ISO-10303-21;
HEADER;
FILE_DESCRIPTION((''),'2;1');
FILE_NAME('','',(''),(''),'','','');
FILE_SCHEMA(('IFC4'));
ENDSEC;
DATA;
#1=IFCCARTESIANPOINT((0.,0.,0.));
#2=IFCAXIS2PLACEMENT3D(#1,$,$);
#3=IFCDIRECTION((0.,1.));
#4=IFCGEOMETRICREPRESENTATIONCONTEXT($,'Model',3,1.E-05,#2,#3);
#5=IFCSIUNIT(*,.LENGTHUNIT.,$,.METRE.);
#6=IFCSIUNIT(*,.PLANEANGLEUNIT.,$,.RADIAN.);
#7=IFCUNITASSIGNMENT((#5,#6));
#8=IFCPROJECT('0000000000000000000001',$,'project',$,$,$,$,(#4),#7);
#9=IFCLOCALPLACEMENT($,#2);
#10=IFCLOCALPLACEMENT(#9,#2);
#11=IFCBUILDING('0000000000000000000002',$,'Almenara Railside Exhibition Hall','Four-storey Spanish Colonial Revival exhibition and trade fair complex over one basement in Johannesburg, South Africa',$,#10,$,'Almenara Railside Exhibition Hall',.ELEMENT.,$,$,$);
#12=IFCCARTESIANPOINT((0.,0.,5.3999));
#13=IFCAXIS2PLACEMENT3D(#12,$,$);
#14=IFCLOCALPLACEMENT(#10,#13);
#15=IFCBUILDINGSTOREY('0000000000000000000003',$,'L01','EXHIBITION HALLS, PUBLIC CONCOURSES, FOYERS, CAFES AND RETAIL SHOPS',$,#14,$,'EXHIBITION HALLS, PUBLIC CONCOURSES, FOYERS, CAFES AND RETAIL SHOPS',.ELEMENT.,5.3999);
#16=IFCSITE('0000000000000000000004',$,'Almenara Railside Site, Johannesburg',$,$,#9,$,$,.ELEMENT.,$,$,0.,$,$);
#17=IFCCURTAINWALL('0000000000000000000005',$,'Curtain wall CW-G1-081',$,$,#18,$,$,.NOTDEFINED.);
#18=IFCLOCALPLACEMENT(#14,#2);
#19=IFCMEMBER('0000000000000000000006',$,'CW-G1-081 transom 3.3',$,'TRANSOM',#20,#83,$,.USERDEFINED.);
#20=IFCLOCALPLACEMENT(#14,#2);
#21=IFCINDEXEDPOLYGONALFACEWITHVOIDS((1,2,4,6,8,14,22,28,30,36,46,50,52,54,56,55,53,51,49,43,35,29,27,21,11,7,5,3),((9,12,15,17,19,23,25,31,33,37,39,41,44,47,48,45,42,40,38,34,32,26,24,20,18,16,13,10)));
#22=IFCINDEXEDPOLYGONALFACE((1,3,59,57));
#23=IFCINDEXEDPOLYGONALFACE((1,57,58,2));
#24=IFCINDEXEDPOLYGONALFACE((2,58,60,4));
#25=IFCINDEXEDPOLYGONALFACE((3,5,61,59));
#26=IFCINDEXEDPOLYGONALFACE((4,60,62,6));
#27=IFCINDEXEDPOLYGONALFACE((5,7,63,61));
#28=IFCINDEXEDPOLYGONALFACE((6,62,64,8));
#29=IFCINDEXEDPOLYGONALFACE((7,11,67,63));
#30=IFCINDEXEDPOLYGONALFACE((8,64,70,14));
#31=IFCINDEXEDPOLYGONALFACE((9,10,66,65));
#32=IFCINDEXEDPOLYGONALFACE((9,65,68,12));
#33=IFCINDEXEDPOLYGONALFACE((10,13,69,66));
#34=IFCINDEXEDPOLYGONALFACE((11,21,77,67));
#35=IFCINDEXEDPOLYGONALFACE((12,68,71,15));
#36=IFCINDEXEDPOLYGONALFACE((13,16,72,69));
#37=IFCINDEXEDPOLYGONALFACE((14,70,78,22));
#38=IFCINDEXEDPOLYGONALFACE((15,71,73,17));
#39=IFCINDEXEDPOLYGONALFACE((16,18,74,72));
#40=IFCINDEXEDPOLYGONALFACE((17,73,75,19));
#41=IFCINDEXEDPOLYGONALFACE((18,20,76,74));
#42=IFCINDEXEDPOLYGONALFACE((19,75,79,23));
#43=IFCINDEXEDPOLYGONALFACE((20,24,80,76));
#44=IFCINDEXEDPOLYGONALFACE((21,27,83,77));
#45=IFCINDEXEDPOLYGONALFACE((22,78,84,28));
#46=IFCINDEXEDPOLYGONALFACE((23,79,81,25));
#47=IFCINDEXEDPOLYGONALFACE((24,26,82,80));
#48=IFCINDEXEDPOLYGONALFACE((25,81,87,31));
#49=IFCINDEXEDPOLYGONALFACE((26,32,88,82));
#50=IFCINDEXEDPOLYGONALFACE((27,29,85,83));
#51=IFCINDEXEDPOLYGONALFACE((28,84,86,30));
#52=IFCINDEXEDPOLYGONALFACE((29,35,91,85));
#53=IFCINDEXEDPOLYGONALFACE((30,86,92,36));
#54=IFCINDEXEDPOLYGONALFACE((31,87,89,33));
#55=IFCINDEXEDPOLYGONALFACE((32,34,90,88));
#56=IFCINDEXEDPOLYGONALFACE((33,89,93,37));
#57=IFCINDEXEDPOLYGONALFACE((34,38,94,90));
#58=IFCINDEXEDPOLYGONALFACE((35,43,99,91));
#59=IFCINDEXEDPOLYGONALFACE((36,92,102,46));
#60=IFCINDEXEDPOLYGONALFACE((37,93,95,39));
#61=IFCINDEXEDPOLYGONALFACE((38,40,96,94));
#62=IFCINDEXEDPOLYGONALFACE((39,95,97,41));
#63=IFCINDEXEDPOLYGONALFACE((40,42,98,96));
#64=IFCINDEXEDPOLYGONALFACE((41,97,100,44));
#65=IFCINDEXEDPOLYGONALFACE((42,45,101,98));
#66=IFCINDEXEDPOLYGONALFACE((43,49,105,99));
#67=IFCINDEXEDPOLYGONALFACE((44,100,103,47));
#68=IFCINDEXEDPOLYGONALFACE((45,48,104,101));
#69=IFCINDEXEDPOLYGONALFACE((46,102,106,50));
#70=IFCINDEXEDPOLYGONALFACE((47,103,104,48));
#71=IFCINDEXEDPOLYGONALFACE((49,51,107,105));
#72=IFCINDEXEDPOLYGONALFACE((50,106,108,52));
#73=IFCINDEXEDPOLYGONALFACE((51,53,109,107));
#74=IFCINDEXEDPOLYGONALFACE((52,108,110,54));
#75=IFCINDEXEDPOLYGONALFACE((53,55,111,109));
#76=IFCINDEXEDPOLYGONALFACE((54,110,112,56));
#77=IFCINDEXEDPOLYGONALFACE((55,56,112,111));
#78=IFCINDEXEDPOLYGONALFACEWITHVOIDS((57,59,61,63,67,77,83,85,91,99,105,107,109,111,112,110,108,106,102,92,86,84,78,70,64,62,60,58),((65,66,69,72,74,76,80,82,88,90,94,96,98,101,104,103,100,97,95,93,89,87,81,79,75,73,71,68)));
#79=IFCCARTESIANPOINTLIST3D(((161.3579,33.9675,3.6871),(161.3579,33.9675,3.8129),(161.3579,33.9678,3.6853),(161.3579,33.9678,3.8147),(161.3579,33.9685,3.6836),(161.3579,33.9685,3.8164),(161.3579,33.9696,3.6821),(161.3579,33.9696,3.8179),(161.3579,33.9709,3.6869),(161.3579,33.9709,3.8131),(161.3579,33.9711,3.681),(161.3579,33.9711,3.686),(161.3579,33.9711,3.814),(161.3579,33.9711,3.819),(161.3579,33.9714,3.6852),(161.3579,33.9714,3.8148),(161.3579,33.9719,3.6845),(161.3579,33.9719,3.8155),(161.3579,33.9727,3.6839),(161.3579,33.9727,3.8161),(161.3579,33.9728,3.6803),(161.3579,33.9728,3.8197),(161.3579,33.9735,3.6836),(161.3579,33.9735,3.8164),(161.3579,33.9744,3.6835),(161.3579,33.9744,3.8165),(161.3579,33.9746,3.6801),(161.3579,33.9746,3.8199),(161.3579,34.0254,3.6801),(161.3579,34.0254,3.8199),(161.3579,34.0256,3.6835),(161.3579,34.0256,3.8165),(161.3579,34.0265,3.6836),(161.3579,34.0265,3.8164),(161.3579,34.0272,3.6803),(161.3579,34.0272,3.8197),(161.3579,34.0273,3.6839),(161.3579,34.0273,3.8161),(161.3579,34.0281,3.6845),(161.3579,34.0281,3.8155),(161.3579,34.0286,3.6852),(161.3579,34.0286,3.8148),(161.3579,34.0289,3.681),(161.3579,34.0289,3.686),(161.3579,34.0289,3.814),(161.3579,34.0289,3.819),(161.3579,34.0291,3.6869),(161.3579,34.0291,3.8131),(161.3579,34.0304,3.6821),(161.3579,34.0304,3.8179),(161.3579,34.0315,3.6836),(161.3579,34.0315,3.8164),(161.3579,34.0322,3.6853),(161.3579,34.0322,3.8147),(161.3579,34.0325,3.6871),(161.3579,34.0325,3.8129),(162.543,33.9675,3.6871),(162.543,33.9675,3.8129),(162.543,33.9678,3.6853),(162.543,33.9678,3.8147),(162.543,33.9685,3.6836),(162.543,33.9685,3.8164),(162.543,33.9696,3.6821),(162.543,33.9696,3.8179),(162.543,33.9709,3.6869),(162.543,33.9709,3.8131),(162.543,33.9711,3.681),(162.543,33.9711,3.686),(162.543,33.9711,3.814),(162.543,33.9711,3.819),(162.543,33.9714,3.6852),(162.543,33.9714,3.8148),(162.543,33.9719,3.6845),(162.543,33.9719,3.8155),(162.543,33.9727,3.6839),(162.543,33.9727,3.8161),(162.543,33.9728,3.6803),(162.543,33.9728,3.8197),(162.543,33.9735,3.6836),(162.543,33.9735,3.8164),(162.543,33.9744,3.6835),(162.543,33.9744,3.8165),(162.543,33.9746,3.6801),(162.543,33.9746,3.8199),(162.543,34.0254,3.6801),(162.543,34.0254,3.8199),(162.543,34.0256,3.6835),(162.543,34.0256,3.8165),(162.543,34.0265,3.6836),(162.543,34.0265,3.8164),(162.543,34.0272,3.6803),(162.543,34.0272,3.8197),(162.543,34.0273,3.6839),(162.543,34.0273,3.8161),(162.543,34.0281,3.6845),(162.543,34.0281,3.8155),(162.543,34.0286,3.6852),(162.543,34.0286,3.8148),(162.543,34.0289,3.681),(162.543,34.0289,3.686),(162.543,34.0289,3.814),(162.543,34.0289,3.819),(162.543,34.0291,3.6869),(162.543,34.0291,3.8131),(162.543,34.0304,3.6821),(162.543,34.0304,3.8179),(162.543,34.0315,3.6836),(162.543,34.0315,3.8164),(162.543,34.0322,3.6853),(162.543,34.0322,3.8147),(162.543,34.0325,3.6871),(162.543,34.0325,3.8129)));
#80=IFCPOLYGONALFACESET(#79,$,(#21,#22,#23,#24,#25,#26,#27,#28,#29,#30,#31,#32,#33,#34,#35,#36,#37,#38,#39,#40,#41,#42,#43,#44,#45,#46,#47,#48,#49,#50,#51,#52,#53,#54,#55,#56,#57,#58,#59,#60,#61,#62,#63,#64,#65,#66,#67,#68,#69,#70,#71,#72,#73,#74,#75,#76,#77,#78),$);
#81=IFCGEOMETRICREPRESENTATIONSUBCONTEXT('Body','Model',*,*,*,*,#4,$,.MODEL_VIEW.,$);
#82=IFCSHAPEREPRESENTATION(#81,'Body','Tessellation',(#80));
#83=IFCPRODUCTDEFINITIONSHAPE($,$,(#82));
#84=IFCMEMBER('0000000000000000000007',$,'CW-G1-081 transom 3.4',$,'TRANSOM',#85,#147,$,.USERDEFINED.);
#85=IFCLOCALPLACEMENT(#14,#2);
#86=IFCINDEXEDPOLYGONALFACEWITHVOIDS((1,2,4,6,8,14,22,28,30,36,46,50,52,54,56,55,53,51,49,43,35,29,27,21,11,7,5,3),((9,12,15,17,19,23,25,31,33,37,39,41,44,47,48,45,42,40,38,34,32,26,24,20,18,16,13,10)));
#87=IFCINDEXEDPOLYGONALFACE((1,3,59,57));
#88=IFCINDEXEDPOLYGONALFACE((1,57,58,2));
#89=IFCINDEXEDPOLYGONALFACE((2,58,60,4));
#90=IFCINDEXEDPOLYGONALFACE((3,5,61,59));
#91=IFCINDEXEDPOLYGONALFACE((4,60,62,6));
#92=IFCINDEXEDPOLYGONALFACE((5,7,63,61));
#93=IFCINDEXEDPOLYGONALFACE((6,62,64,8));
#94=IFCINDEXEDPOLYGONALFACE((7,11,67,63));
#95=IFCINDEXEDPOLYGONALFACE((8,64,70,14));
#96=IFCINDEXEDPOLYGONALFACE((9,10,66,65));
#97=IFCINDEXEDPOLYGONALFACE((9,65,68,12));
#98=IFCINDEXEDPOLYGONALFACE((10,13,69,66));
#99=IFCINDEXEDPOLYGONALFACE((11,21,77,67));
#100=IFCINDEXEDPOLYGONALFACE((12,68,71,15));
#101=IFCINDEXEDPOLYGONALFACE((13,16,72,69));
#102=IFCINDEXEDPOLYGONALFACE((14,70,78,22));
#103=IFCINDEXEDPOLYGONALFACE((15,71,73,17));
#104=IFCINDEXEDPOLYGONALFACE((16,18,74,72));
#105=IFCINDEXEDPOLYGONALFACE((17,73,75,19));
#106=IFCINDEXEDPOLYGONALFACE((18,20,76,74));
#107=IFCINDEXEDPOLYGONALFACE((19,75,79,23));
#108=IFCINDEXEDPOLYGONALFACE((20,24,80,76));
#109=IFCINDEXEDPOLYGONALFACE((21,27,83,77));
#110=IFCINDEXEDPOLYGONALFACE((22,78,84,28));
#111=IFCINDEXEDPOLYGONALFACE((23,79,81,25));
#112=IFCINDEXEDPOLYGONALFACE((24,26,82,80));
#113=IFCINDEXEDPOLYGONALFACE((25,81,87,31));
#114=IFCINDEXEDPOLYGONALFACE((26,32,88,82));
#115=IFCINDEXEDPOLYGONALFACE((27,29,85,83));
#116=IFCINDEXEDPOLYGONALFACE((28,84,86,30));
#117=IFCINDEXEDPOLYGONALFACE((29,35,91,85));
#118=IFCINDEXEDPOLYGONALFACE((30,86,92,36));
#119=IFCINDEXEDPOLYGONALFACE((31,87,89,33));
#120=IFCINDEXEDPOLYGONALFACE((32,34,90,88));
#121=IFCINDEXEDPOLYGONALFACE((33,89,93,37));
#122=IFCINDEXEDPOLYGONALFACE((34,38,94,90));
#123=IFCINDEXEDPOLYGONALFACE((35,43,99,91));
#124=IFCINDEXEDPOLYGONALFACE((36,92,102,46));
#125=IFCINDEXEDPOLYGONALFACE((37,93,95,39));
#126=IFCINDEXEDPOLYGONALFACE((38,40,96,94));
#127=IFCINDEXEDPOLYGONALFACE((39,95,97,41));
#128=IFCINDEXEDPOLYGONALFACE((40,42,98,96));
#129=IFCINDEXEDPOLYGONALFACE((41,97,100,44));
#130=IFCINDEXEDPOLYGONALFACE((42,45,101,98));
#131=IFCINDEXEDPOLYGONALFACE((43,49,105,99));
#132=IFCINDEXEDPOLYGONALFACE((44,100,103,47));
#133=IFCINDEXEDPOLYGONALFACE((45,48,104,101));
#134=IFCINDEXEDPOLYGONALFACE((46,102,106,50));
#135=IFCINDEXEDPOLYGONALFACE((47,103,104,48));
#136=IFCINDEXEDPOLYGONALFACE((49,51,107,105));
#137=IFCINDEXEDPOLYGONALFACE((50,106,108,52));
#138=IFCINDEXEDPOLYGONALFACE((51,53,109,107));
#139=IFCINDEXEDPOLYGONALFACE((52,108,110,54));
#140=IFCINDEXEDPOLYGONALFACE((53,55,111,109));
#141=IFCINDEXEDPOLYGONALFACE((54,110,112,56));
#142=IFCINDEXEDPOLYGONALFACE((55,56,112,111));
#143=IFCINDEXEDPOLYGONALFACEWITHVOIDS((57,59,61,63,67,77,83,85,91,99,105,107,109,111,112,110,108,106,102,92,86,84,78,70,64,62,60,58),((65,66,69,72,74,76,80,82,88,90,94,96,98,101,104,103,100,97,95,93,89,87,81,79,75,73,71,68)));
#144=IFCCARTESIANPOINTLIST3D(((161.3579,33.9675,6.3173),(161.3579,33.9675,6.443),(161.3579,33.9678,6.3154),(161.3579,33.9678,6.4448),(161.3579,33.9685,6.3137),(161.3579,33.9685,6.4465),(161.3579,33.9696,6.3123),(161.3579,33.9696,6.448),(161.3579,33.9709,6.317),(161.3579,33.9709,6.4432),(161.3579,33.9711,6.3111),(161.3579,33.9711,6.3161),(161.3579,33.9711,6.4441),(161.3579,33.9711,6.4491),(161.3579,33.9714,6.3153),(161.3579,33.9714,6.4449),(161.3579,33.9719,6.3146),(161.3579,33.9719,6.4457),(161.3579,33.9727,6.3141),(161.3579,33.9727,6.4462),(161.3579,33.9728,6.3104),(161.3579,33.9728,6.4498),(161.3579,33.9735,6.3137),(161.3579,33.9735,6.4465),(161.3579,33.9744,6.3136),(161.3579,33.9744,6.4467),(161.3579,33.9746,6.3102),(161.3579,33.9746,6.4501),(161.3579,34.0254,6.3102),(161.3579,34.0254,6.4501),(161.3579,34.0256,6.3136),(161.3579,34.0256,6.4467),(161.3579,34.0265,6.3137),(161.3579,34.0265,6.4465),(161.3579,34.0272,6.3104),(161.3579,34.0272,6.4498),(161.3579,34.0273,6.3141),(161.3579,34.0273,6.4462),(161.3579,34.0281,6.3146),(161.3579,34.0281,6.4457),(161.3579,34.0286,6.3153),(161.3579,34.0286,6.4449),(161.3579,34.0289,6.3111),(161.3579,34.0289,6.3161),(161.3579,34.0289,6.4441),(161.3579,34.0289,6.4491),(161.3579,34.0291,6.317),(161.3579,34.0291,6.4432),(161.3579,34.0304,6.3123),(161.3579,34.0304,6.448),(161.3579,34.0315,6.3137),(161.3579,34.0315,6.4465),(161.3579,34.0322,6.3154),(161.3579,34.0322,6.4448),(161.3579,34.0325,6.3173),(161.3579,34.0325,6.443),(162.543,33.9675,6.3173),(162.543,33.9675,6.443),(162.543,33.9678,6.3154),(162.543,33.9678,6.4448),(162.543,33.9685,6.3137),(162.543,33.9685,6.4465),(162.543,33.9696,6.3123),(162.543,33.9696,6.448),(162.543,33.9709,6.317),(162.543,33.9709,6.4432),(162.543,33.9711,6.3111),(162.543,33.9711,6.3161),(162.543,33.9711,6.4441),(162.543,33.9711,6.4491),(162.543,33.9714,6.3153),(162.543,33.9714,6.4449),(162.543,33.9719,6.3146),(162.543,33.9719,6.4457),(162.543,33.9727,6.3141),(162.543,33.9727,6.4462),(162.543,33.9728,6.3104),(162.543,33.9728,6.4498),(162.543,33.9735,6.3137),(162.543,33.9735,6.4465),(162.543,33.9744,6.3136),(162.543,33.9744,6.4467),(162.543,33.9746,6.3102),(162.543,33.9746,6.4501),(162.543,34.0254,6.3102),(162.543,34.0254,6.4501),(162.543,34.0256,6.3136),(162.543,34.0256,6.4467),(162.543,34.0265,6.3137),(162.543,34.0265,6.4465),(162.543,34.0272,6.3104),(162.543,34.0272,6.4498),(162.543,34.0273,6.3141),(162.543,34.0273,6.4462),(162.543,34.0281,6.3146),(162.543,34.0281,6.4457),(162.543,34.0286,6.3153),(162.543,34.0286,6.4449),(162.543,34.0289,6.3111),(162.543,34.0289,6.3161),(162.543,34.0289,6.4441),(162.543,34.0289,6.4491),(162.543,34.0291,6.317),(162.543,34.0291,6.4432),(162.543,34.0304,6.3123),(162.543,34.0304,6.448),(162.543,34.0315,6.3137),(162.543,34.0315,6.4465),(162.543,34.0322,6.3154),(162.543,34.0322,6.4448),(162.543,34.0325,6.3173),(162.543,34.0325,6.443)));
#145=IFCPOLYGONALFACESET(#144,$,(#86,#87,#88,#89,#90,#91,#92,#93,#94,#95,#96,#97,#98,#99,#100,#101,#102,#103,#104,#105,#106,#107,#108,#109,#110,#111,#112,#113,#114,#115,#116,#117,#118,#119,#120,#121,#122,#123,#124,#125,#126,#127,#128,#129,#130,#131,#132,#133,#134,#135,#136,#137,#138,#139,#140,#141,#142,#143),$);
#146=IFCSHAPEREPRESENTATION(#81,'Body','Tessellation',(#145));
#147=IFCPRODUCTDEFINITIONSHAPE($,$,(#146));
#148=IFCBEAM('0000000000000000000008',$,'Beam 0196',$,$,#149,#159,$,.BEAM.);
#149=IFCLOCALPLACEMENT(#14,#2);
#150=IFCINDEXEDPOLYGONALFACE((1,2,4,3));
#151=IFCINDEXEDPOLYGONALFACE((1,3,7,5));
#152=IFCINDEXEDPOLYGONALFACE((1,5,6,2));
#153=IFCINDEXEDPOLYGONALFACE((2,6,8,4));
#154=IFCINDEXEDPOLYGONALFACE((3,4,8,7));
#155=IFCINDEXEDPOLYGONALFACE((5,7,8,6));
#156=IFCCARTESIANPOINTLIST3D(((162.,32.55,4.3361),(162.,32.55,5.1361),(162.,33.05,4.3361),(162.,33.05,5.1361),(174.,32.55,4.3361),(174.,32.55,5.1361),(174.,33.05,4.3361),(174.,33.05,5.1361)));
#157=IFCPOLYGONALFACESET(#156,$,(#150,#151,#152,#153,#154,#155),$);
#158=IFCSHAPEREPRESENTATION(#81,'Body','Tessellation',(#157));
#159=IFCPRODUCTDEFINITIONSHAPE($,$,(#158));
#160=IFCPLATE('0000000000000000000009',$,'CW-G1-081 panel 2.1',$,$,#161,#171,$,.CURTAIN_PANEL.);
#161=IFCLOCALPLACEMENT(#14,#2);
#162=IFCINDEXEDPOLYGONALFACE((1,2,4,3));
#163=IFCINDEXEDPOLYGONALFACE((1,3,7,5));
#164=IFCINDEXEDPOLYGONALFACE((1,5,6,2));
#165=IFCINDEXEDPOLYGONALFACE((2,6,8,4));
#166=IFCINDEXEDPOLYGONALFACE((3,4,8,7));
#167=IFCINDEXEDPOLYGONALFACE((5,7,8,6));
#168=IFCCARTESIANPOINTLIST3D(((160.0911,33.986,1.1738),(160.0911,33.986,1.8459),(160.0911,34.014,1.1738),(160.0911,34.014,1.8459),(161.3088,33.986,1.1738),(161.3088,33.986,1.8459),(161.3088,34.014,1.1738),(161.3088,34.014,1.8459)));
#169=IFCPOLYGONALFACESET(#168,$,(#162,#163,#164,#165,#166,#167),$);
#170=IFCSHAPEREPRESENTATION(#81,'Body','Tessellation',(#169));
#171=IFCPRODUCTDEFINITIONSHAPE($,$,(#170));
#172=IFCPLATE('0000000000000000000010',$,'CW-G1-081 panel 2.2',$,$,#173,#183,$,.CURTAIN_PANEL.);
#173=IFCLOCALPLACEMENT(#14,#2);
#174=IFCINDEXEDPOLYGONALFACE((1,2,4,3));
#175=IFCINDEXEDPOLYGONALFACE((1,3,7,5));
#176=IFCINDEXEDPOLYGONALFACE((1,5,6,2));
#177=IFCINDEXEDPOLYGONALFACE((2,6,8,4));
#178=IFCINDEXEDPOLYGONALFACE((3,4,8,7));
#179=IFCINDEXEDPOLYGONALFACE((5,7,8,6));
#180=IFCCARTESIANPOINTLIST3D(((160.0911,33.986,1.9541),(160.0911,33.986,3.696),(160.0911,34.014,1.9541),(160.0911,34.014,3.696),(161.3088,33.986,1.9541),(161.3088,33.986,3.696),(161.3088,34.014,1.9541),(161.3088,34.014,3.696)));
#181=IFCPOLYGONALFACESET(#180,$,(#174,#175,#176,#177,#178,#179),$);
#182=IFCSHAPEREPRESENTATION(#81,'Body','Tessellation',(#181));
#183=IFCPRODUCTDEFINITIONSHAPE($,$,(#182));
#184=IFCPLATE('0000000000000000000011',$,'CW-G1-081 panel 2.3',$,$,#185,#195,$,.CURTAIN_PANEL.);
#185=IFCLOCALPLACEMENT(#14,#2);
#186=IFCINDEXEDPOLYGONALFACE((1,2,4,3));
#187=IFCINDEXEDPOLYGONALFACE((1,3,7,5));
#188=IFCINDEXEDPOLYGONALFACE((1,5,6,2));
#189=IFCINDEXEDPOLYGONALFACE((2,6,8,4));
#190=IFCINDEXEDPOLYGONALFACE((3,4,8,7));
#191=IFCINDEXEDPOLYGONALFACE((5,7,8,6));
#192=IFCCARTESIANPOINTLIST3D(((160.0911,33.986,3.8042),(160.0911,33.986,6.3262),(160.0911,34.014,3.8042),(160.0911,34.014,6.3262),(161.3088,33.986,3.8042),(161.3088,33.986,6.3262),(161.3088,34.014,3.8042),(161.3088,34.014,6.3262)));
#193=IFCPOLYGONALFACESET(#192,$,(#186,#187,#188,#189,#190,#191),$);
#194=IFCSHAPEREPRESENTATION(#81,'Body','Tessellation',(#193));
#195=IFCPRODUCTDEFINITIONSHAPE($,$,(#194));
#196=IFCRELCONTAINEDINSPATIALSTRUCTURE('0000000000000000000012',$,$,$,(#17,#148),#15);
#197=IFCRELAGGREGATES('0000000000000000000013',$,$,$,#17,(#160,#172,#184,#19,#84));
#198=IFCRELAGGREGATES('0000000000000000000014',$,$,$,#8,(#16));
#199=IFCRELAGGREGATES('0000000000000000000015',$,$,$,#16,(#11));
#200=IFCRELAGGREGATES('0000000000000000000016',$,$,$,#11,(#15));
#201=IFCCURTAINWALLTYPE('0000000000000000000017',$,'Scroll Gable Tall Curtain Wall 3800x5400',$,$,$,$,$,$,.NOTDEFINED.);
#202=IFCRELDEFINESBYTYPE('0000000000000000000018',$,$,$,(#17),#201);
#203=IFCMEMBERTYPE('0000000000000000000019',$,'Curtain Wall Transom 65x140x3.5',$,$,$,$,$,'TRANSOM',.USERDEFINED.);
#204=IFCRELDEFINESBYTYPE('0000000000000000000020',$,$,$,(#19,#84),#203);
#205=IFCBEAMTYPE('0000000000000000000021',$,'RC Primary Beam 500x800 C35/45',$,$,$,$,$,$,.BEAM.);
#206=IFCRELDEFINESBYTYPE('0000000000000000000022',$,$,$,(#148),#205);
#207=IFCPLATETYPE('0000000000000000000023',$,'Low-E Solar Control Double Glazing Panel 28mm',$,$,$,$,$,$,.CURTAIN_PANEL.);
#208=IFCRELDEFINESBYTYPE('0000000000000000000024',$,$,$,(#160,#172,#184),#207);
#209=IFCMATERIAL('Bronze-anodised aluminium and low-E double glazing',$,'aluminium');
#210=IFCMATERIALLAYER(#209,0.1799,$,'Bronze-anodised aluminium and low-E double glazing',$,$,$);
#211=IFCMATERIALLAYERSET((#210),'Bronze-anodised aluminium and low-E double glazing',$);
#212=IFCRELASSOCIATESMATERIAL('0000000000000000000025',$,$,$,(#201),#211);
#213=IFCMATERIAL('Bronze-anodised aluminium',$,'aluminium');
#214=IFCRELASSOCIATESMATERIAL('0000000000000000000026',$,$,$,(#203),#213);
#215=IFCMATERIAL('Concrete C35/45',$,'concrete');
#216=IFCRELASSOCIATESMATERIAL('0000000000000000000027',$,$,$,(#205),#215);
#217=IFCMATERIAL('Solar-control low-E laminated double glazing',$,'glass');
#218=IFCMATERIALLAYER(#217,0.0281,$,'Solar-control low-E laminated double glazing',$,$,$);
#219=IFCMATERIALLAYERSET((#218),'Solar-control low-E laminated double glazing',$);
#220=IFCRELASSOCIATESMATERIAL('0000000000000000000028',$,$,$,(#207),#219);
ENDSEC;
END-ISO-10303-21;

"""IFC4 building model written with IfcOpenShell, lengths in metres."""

from ifc_helpers import new_model, si_unit, direction, frame, origin, origin_2d, place, context, subcontext, project, spatial, rectangle, hollow_rectangle, extrude, material, layer, layer_set, material_profile, profile_set, type_object, element, aggregate, save


model = new_model("IFC4")

# Units and contexts
model_context = context("Model", 3, precision=1e-05, world=origin(), true_north=direction((0.0, 1.0)))
body_context = subcontext(model_context, "Body", "Model", "MODEL_VIEW")
ifc_project = project(units=[si_unit("LENGTHUNIT", "METRE"), si_unit("PLANEANGLEUNIT", "RADIAN")], contexts=[model_context])

# Site, building, storey
site_placement = place(None, origin())
site = spatial("IfcSite", under=ifc_project, at=site_placement, Name="Almenara Railside Site, Johannesburg", CompositionType="ELEMENT", RefElevation=0.0)
building_placement = place(site_placement, origin())
building = spatial("IfcBuilding", under=site, at=building_placement, Name="Almenara Railside Exhibition Hall", Description="Four-storey Spanish Colonial Revival exhibition and trade fair complex over one basement in Johannesburg, South Africa", LongName="Almenara Railside Exhibition Hall", CompositionType="ELEMENT")
storey_placement = place(building_placement, frame((0.0, 0.0, 5.3999)))
storey = spatial("IfcBuildingStorey", under=building, at=storey_placement, Name="L01", Description="EXHIBITION HALLS, PUBLIC CONCOURSES, FOYERS, CAFES AND RETAIL SHOPS", LongName="EXHIBITION HALLS, PUBLIC CONCOURSES, FOYERS, CAFES AND RETAIL SHOPS", CompositionType="ELEMENT", Elevation=5.3999)

# Shared definitions
ifc_material_1 = material(Name="Concrete C35/45", Category="concrete")

# Shared definitions
ifc_material_2 = material(Name="Bronze-anodised aluminium and low-E double glazing", Category="aluminium")
ifc_layer_1 = layer(ifc_material_2, 0.1799, Name="Bronze-anodised aluminium and low-E double glazing")
ifc_layer_set_1 = layer_set([ifc_layer_1], Name="Bronze-anodised aluminium and low-E double glazing")
curtain_wall_type = type_object("IfcCurtainWallType", Name="Scroll Gable Tall Curtain Wall 3800x5400", PredefinedType="NOTDEFINED", material=ifc_layer_set_1)
ifc_material_3 = material(Name="Bronze-anodised aluminium", Category="aluminium")

# Curtain wall
curtain_wall_1_placement = place(storey_placement, origin())
curtain_wall_1 = element("IfcCurtainWall", 1, at=curtain_wall_1_placement, inside=storey, type_object=curtain_wall_type, Name="Curtain wall CW-G1-081", PredefinedType="NOTDEFINED")

# Members
ifc_material_profile_1 = material_profile(ifc_material_3, hollow_rectangle(XDim=0.0649, YDim=0.1399, WallThickness=0.0034, InnerFilletRadius=0.0034, OuterFilletRadius=0.0071, at=origin_2d()), Name="ALU-TRN 65x140x3.5")
ifc_profile_set_1 = profile_set([ifc_material_profile_1], Name="Bronze-anodised aluminium")
member_type_1 = type_object("IfcMemberType", Name="Curtain Wall Transom 65x140x3.5", ElementType="TRANSOM", PredefinedType="USERDEFINED", material=ifc_profile_set_1)
member_1_placement = place(storey_placement, frame((161.3579, 34.0, 3.75), z_axis=(1.0, 0.0, 0.0), x_axis=(0.0, 1.0, 0.0)))
member_1 = element("IfcMember", 2, at=member_1_placement, type_object=member_type_1, Name="CW-G1-081 transom 3.3", ObjectType="TRANSOM", PredefinedType="USERDEFINED", context=body_context, shape_type="SweptSolid", body=[
    extrude(hollow_rectangle(XDim=0.0649, YDim=0.1399, WallThickness=0.0034, InnerFilletRadius=0.0034, OuterFilletRadius=0.0071, at=origin_2d()), origin(), (0.0, 0.0, 1.0), 1.1851),
])
member_2_placement = place(storey_placement, frame((161.3579, 34.0, 6.3801), z_axis=(1.0, 0.0, 0.0), x_axis=(0.0, 1.0, 0.0)))
member_2 = element("IfcMember", 3, at=member_2_placement, type_object=member_type_1, Name="CW-G1-081 transom 3.4", ObjectType="TRANSOM", PredefinedType="USERDEFINED", context=body_context, shape_type="SweptSolid", body=[
    extrude(hollow_rectangle(XDim=0.0649, YDim=0.1399, WallThickness=0.0034, InnerFilletRadius=0.0034, OuterFilletRadius=0.0071, at=origin_2d()), origin(), (0.0, 0.0, 1.0), 1.1851),
])

# Beam
ifc_material_profile_2 = material_profile(ifc_material_1, rectangle(XDim=0.5, YDim=0.8, at=origin_2d()), Name="RC 500x800")
ifc_profile_set_2 = profile_set([ifc_material_profile_2], Name="Concrete C35/45")
beam_type = type_object("IfcBeamType", Name="RC Primary Beam 500x800 C35/45", PredefinedType="BEAM", material=ifc_profile_set_2)
beam_placement = place(storey_placement, frame((162.0, 32.8, 4.7361), z_axis=(1.0, 0.0, 0.0), x_axis=(0.0, 1.0, 0.0)))
element("IfcBeam", 4, at=beam_placement, inside=storey, type_object=beam_type, Name="Beam 0196", PredefinedType="BEAM", context=body_context, shape_type="SweptSolid", body=[
    extrude(rectangle(XDim=0.5, YDim=0.8, at=origin_2d()), origin(), (0.0, 0.0, 1.0), 12.0),
])

# Plates
ifc_material_4 = material(Name="Solar-control low-E laminated double glazing", Category="glass")
ifc_layer_2 = layer(ifc_material_4, 0.0281, Name="Solar-control low-E laminated double glazing")
ifc_layer_set_2 = layer_set([ifc_layer_2], Name="Solar-control low-E laminated double glazing")
plate_type = type_object("IfcPlateType", Name="Low-E Solar Control Double Glazing Panel 28mm", PredefinedType="CURTAIN_PANEL", material=ifc_layer_set_2)
plate_1_placement = place(storey_placement, frame((160.7, 34.0, 1.1738), z_axis=(0.0, 0.0, 1.0), x_axis=(1.0, 0.0, 0.0)))
plate_1 = element("IfcPlate", 5, at=plate_1_placement, type_object=plate_type, Name="CW-G1-081 panel 2.1", PredefinedType="CURTAIN_PANEL", context=body_context, shape_type="SweptSolid", body=[
    extrude(rectangle(XDim=1.2178, YDim=0.0281, at=origin_2d()), origin(), (0.0, 0.0, 1.0), 0.6721),
])
plate_2_placement = place(storey_placement, frame((160.7, 34.0, 1.9541), z_axis=(0.0, 0.0, 1.0), x_axis=(1.0, 0.0, 0.0)))
plate_2 = element("IfcPlate", 6, at=plate_2_placement, type_object=plate_type, Name="CW-G1-081 panel 2.2", PredefinedType="CURTAIN_PANEL", context=body_context, shape_type="SweptSolid", body=[
    extrude(rectangle(XDim=1.2178, YDim=0.0281, at=origin_2d()), origin(), (0.0, 0.0, 1.0), 1.7419),
])
plate_3_placement = place(storey_placement, frame((160.7, 34.0, 3.8042), z_axis=(0.0, 0.0, 1.0), x_axis=(1.0, 0.0, 0.0)))
plate_3 = element("IfcPlate", 7, at=plate_3_placement, type_object=plate_type, Name="CW-G1-081 panel 2.3", PredefinedType="CURTAIN_PANEL", context=body_context, shape_type="SweptSolid", body=[
    extrude(rectangle(XDim=1.2178, YDim=0.0281, at=origin_2d()), origin(), (0.0, 0.0, 1.0), 2.522),
])
aggregate(curtain_wall_1, [plate_1, plate_2, plate_3, member_1, member_2])

save(model, "model.ifc")
